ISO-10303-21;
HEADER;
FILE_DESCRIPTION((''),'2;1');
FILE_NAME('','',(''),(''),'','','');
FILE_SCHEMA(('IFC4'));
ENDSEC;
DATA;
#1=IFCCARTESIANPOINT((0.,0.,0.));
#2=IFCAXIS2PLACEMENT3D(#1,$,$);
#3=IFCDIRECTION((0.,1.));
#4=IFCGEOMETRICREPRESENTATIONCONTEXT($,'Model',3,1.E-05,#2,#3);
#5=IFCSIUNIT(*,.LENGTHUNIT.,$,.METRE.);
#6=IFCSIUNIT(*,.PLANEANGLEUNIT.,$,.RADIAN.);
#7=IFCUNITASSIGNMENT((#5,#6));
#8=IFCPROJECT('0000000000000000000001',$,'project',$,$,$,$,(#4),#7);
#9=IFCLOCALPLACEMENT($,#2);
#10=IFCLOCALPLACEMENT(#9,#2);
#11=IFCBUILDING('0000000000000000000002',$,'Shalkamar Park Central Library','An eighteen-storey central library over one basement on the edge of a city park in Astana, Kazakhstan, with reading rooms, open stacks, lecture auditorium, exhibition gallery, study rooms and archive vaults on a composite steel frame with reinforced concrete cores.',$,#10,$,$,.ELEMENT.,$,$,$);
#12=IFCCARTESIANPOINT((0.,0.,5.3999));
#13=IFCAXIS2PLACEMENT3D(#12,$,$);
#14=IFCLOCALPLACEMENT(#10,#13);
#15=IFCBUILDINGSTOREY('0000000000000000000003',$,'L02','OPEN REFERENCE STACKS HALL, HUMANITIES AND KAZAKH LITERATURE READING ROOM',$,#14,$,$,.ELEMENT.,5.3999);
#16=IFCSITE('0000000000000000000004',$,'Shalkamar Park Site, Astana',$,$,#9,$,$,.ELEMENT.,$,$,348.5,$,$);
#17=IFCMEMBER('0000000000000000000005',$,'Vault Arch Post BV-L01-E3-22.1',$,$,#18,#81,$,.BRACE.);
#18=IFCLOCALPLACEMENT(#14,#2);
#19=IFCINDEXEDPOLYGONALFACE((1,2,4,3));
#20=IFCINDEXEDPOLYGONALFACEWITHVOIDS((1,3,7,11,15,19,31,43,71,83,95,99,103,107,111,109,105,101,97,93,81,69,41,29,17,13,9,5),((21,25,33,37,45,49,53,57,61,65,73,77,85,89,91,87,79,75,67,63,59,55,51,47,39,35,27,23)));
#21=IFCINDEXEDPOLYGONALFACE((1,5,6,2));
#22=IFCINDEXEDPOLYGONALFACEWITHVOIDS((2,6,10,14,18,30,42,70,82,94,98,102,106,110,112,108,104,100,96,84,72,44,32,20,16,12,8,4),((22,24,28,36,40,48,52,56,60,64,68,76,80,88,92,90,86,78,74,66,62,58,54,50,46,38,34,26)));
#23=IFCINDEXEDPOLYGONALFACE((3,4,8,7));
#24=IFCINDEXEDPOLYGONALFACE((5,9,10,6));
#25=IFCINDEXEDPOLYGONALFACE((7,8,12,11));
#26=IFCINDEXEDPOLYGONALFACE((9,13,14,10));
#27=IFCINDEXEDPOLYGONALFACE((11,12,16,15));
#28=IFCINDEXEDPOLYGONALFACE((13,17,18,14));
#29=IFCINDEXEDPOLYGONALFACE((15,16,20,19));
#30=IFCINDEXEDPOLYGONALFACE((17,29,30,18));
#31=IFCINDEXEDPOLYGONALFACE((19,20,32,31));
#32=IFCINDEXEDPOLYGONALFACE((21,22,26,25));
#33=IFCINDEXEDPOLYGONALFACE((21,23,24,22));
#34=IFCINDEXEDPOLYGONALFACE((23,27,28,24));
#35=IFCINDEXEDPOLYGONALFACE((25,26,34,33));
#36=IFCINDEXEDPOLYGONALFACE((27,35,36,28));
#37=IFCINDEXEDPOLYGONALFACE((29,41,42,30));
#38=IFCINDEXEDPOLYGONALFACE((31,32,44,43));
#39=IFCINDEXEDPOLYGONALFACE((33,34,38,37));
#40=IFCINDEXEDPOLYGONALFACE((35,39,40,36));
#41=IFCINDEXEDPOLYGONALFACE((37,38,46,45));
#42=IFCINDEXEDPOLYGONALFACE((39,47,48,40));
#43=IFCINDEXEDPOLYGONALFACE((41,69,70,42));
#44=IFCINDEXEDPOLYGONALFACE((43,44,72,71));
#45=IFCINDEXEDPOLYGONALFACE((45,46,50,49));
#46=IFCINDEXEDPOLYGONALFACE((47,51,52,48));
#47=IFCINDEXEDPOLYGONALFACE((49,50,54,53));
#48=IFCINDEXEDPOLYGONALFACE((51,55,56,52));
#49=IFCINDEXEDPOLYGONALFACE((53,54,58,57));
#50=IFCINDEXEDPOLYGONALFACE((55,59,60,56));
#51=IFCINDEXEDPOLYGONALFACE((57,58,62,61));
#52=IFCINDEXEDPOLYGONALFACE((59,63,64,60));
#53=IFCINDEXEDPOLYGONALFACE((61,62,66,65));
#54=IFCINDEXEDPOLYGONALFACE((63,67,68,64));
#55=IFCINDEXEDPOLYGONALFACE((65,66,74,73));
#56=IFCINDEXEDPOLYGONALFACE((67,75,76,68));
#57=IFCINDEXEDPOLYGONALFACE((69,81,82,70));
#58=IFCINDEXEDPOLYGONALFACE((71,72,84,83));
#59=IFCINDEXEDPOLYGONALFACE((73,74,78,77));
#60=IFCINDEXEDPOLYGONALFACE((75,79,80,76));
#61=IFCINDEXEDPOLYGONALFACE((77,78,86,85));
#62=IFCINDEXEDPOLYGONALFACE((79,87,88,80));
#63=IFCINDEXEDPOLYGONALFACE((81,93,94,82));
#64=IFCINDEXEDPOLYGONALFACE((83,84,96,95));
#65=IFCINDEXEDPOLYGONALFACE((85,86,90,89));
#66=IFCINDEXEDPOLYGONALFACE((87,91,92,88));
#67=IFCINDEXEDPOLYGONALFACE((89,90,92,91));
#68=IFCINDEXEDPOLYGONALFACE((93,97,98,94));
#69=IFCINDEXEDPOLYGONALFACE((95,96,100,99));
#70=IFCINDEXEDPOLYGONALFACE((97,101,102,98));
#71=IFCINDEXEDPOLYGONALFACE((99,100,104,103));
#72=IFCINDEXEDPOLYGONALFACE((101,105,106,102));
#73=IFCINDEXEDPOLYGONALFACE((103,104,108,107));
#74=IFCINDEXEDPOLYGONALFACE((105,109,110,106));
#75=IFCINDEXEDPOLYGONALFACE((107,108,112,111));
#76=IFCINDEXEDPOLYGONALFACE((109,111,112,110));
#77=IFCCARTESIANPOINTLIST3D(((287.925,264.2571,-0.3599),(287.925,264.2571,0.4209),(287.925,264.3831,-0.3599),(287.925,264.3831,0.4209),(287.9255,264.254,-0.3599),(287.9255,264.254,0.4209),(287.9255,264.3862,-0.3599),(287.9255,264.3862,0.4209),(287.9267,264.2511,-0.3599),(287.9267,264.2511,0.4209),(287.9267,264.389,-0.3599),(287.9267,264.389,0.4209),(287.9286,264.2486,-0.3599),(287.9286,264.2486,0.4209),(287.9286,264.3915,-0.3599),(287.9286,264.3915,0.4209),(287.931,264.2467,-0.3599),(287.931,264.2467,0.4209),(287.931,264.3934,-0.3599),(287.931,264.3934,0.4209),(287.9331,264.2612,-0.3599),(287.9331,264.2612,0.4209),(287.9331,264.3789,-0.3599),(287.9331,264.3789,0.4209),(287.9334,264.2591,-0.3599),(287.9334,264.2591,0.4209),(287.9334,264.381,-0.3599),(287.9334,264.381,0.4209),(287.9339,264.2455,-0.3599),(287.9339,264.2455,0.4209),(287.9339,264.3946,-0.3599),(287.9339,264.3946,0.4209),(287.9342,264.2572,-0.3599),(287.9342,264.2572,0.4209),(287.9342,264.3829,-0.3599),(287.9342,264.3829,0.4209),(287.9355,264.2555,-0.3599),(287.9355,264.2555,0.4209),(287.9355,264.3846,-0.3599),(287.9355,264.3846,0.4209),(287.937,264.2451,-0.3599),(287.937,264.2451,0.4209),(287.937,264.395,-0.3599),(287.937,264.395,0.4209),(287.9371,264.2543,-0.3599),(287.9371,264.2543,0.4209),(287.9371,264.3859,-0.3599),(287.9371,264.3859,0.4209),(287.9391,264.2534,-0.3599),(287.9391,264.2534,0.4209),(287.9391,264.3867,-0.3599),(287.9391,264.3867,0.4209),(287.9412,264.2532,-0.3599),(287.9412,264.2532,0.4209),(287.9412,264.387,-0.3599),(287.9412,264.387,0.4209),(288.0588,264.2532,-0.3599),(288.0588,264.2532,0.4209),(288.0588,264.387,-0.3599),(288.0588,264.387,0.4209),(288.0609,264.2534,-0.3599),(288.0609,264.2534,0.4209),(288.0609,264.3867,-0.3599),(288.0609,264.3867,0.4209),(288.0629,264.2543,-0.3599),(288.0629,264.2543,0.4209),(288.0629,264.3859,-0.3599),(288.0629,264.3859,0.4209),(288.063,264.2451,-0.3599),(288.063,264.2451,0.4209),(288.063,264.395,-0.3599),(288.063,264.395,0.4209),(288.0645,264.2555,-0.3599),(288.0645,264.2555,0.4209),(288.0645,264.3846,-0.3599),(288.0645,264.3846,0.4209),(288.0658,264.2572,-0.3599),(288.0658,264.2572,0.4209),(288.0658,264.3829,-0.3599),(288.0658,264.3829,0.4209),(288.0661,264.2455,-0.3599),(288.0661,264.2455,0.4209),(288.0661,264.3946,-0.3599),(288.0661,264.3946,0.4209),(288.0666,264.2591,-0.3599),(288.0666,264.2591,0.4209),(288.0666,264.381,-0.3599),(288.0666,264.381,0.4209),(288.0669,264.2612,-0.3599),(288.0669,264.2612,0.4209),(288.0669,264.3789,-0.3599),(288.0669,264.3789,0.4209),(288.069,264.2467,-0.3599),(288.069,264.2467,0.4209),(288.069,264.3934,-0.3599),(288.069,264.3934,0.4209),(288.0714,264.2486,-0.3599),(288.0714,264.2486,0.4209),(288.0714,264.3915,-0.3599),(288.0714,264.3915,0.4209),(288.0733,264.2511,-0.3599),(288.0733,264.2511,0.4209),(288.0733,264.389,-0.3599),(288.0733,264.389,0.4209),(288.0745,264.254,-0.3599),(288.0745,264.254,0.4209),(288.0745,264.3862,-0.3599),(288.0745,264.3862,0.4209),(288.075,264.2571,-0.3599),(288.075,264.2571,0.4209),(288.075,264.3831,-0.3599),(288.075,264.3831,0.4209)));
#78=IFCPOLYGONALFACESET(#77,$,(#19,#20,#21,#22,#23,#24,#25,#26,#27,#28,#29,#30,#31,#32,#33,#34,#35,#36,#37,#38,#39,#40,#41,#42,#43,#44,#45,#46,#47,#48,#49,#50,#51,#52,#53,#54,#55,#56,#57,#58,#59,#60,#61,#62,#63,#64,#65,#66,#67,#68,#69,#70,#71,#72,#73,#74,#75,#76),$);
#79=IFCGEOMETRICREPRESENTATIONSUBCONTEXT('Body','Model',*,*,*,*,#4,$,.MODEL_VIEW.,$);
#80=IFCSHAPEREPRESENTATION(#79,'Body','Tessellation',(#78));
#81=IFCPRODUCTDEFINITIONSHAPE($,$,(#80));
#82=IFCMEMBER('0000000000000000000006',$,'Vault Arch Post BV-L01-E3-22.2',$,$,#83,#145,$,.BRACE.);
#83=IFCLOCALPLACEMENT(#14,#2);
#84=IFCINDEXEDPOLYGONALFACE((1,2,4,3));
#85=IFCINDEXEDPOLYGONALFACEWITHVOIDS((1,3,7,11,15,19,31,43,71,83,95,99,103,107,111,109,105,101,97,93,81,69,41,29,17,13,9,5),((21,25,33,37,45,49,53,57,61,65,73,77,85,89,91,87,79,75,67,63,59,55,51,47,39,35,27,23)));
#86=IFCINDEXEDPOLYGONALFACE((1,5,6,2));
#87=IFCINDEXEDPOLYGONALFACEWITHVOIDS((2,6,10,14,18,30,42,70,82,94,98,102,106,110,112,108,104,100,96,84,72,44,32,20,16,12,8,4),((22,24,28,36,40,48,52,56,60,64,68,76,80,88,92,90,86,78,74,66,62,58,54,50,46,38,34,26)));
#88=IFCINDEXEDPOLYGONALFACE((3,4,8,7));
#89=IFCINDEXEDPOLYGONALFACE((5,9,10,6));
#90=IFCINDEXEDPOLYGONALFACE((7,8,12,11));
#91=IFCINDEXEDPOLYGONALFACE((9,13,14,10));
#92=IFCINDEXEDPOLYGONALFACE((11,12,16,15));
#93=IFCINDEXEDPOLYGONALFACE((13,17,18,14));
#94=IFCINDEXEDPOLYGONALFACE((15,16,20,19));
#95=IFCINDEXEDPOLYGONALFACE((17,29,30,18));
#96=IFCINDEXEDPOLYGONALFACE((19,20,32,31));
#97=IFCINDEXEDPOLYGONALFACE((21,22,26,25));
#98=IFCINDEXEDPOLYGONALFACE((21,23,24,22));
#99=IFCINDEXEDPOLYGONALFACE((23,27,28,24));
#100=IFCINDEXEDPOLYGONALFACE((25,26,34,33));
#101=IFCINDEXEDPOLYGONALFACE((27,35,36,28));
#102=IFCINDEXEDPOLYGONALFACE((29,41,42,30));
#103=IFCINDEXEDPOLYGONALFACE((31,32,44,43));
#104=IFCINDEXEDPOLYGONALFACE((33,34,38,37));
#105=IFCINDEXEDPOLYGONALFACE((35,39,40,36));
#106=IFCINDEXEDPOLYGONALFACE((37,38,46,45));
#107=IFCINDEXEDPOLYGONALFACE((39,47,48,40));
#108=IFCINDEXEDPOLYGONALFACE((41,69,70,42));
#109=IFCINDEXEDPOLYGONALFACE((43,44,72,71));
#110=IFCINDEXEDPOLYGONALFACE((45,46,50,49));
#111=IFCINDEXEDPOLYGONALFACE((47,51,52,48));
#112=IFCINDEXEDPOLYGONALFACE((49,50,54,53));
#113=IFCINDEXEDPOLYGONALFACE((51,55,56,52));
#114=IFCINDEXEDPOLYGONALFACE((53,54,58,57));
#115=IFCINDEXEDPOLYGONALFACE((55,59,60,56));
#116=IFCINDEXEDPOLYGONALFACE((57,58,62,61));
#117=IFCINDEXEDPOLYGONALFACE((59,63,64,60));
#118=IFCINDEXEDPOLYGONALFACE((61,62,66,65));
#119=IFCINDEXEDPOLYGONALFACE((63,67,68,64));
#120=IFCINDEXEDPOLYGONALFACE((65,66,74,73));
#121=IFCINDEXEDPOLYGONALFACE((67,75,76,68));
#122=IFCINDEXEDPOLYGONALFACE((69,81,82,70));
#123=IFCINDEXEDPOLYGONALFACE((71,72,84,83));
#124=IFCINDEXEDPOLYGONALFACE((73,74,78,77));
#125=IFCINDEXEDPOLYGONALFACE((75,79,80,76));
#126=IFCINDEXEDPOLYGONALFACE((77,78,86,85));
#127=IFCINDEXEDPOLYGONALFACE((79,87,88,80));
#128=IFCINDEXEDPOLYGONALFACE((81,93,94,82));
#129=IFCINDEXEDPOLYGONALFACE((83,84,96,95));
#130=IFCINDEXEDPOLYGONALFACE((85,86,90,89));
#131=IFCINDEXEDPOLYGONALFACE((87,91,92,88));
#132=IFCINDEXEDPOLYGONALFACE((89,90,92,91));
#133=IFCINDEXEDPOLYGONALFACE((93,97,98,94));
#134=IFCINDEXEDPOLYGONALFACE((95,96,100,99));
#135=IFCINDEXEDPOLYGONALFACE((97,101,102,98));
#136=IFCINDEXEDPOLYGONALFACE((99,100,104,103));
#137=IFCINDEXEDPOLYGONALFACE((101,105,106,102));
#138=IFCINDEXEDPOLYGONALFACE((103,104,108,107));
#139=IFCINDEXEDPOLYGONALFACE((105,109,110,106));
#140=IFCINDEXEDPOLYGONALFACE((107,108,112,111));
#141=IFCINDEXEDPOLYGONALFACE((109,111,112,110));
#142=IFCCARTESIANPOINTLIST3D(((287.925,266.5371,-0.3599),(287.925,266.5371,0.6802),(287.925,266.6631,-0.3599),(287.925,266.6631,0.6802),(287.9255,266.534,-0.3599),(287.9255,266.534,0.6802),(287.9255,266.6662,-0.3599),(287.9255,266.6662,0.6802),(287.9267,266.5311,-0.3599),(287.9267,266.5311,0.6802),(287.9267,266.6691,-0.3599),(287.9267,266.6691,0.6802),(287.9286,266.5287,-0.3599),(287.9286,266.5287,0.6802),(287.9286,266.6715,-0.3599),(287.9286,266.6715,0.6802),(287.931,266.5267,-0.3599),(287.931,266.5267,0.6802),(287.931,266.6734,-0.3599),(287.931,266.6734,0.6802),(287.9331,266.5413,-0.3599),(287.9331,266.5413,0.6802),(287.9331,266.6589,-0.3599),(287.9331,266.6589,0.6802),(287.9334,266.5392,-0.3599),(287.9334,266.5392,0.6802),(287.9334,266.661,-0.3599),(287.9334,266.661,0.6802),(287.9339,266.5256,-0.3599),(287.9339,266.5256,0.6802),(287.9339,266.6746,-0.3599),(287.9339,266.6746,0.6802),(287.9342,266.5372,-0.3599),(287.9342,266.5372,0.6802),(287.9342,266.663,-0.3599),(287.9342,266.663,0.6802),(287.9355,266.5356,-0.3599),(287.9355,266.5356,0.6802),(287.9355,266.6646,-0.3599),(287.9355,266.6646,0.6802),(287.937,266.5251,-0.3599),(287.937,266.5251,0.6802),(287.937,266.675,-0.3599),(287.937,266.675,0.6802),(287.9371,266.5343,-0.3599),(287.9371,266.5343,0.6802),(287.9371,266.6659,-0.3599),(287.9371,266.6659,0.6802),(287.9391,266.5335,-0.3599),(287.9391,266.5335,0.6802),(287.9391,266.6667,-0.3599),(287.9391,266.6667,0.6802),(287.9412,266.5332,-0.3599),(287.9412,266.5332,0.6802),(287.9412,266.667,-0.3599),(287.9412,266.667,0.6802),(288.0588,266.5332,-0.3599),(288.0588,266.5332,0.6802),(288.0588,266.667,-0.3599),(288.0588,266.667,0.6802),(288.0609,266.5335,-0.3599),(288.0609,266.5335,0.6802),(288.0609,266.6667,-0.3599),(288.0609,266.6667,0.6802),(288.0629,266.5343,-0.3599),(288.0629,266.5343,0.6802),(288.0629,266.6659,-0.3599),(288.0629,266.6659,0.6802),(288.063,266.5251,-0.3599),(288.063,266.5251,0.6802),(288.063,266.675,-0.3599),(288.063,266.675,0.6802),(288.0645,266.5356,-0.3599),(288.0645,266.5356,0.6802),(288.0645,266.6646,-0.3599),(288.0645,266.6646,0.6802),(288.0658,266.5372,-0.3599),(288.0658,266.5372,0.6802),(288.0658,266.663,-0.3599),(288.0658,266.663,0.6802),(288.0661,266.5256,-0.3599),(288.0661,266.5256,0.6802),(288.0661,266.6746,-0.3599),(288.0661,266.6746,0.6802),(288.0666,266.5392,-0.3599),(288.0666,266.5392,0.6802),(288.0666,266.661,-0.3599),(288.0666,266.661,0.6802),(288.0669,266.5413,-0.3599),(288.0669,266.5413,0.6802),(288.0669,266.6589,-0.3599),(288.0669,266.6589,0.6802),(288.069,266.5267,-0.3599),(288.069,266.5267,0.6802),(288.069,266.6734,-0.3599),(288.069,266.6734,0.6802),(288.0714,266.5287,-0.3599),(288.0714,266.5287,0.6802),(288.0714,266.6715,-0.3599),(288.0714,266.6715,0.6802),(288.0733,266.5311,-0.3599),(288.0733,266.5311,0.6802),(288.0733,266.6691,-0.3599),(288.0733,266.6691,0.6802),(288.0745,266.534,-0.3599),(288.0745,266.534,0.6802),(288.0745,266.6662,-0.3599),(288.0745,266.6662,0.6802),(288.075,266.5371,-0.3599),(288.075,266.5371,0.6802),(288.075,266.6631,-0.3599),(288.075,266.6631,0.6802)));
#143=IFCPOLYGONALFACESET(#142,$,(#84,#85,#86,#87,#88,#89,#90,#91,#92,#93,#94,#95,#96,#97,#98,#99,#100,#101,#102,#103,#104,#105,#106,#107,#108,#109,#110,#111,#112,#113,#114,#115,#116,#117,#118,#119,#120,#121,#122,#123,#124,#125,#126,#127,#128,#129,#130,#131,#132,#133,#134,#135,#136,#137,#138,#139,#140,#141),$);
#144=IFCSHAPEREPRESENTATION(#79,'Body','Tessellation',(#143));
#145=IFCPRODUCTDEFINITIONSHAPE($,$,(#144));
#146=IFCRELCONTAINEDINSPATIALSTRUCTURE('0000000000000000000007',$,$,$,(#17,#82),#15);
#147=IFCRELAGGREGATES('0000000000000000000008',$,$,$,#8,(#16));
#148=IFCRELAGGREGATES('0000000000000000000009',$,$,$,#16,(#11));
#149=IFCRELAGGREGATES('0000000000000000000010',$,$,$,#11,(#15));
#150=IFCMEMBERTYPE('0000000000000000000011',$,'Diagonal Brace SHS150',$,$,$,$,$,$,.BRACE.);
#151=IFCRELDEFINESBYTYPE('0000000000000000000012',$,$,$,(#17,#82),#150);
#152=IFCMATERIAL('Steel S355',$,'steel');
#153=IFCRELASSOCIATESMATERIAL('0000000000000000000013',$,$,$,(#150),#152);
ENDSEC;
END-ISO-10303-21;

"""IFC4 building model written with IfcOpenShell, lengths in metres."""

from ifc_helpers import new_model, si_unit, direction, frame, origin, origin_2d, place, context, subcontext, project, spatial, hollow_rectangle, extrude, material, material_profile, profile_set, type_object, element, save


model = new_model("IFC4")

# Units and contexts
model_context = context("Model", 3, precision=1e-05, world=origin(), true_north=direction((0.0, 1.0)))
body_context = subcontext(model_context, "Body", "Model", "MODEL_VIEW")
ifc_project = project(units=[si_unit("LENGTHUNIT", "METRE"), si_unit("PLANEANGLEUNIT", "RADIAN")], contexts=[model_context])

# Site, building, storey
site_placement = place(None, origin())
site = spatial("IfcSite", under=ifc_project, at=site_placement, Name="Shalkamar Park Site, Astana", CompositionType="ELEMENT", RefElevation=348.5)
building_placement = place(site_placement, origin())
building = spatial("IfcBuilding", under=site, at=building_placement, Name="Shalkamar Park Central Library", Description="An eighteen-storey central library over one basement on the edge of a city park in Astana, Kazakhstan, with reading rooms, open stacks, lecture auditorium, exhibition gallery, study rooms and archive vaults on a composite steel frame with reinforced concrete cores.", CompositionType="ELEMENT")
storey_placement = place(building_placement, frame((0.0, 0.0, 5.3999)))
storey = spatial("IfcBuildingStorey", under=building, at=storey_placement, Name="L02", Description="OPEN REFERENCE STACKS HALL, HUMANITIES AND KAZAKH LITERATURE READING ROOM", CompositionType="ELEMENT", Elevation=5.3999)

# Shared definitions
ifc_material_1 = material(Name="Steel S355", Category="steel")

# Members
ifc_material_profile_1 = material_profile(ifc_material_1, hollow_rectangle(XDim=0.1499, YDim=0.1499, WallThickness=0.0081, InnerFilletRadius=0.0081, OuterFilletRadius=0.012, at=origin_2d()), Name="SHS 150x150x8")
ifc_profile_set_1 = profile_set([ifc_material_profile_1], Name="Steel S355")
member_type_1 = type_object("IfcMemberType", Name="Diagonal Brace SHS150", PredefinedType="BRACE", material=ifc_profile_set_1)
for number, where, z_axis, x_axis, name in (
    (1, (288.0, 264.3201, -0.3599), (0.0, 0.0, 1.0), (1.0, 0.0, 0.0), "Vault Arch Post BV-L01-E3-22.1"),
):
    element("IfcMember", number, at=place(storey_placement, frame(where, z_axis=z_axis, x_axis=x_axis)), inside=storey, type_object=member_type_1, Name=name, PredefinedType="BRACE", context=body_context, shape_type="SweptSolid", body=[
        extrude(hollow_rectangle(XDim=0.1499, YDim=0.1499, WallThickness=0.0081, InnerFilletRadius=0.0081, OuterFilletRadius=0.012, at=origin_2d()), origin(), (0.0, 0.0, 1.0), 0.7808),
    ])
member_1_placement = place(storey_placement, frame((288.0, 266.6001, -0.3599), z_axis=(0.0, 0.0, 1.0), x_axis=(1.0, 0.0, 0.0)))
element("IfcMember", 2, at=member_1_placement, inside=storey, type_object=member_type_1, Name="Vault Arch Post BV-L01-E3-22.2", PredefinedType="BRACE", context=body_context, shape_type="SweptSolid", body=[
    extrude(hollow_rectangle(XDim=0.1499, YDim=0.1499, WallThickness=0.0081, InnerFilletRadius=0.0081, OuterFilletRadius=0.012, at=origin_2d()), origin(), (0.0, 0.0, 1.0), 1.04),
])

save(model, "model.ifc")
